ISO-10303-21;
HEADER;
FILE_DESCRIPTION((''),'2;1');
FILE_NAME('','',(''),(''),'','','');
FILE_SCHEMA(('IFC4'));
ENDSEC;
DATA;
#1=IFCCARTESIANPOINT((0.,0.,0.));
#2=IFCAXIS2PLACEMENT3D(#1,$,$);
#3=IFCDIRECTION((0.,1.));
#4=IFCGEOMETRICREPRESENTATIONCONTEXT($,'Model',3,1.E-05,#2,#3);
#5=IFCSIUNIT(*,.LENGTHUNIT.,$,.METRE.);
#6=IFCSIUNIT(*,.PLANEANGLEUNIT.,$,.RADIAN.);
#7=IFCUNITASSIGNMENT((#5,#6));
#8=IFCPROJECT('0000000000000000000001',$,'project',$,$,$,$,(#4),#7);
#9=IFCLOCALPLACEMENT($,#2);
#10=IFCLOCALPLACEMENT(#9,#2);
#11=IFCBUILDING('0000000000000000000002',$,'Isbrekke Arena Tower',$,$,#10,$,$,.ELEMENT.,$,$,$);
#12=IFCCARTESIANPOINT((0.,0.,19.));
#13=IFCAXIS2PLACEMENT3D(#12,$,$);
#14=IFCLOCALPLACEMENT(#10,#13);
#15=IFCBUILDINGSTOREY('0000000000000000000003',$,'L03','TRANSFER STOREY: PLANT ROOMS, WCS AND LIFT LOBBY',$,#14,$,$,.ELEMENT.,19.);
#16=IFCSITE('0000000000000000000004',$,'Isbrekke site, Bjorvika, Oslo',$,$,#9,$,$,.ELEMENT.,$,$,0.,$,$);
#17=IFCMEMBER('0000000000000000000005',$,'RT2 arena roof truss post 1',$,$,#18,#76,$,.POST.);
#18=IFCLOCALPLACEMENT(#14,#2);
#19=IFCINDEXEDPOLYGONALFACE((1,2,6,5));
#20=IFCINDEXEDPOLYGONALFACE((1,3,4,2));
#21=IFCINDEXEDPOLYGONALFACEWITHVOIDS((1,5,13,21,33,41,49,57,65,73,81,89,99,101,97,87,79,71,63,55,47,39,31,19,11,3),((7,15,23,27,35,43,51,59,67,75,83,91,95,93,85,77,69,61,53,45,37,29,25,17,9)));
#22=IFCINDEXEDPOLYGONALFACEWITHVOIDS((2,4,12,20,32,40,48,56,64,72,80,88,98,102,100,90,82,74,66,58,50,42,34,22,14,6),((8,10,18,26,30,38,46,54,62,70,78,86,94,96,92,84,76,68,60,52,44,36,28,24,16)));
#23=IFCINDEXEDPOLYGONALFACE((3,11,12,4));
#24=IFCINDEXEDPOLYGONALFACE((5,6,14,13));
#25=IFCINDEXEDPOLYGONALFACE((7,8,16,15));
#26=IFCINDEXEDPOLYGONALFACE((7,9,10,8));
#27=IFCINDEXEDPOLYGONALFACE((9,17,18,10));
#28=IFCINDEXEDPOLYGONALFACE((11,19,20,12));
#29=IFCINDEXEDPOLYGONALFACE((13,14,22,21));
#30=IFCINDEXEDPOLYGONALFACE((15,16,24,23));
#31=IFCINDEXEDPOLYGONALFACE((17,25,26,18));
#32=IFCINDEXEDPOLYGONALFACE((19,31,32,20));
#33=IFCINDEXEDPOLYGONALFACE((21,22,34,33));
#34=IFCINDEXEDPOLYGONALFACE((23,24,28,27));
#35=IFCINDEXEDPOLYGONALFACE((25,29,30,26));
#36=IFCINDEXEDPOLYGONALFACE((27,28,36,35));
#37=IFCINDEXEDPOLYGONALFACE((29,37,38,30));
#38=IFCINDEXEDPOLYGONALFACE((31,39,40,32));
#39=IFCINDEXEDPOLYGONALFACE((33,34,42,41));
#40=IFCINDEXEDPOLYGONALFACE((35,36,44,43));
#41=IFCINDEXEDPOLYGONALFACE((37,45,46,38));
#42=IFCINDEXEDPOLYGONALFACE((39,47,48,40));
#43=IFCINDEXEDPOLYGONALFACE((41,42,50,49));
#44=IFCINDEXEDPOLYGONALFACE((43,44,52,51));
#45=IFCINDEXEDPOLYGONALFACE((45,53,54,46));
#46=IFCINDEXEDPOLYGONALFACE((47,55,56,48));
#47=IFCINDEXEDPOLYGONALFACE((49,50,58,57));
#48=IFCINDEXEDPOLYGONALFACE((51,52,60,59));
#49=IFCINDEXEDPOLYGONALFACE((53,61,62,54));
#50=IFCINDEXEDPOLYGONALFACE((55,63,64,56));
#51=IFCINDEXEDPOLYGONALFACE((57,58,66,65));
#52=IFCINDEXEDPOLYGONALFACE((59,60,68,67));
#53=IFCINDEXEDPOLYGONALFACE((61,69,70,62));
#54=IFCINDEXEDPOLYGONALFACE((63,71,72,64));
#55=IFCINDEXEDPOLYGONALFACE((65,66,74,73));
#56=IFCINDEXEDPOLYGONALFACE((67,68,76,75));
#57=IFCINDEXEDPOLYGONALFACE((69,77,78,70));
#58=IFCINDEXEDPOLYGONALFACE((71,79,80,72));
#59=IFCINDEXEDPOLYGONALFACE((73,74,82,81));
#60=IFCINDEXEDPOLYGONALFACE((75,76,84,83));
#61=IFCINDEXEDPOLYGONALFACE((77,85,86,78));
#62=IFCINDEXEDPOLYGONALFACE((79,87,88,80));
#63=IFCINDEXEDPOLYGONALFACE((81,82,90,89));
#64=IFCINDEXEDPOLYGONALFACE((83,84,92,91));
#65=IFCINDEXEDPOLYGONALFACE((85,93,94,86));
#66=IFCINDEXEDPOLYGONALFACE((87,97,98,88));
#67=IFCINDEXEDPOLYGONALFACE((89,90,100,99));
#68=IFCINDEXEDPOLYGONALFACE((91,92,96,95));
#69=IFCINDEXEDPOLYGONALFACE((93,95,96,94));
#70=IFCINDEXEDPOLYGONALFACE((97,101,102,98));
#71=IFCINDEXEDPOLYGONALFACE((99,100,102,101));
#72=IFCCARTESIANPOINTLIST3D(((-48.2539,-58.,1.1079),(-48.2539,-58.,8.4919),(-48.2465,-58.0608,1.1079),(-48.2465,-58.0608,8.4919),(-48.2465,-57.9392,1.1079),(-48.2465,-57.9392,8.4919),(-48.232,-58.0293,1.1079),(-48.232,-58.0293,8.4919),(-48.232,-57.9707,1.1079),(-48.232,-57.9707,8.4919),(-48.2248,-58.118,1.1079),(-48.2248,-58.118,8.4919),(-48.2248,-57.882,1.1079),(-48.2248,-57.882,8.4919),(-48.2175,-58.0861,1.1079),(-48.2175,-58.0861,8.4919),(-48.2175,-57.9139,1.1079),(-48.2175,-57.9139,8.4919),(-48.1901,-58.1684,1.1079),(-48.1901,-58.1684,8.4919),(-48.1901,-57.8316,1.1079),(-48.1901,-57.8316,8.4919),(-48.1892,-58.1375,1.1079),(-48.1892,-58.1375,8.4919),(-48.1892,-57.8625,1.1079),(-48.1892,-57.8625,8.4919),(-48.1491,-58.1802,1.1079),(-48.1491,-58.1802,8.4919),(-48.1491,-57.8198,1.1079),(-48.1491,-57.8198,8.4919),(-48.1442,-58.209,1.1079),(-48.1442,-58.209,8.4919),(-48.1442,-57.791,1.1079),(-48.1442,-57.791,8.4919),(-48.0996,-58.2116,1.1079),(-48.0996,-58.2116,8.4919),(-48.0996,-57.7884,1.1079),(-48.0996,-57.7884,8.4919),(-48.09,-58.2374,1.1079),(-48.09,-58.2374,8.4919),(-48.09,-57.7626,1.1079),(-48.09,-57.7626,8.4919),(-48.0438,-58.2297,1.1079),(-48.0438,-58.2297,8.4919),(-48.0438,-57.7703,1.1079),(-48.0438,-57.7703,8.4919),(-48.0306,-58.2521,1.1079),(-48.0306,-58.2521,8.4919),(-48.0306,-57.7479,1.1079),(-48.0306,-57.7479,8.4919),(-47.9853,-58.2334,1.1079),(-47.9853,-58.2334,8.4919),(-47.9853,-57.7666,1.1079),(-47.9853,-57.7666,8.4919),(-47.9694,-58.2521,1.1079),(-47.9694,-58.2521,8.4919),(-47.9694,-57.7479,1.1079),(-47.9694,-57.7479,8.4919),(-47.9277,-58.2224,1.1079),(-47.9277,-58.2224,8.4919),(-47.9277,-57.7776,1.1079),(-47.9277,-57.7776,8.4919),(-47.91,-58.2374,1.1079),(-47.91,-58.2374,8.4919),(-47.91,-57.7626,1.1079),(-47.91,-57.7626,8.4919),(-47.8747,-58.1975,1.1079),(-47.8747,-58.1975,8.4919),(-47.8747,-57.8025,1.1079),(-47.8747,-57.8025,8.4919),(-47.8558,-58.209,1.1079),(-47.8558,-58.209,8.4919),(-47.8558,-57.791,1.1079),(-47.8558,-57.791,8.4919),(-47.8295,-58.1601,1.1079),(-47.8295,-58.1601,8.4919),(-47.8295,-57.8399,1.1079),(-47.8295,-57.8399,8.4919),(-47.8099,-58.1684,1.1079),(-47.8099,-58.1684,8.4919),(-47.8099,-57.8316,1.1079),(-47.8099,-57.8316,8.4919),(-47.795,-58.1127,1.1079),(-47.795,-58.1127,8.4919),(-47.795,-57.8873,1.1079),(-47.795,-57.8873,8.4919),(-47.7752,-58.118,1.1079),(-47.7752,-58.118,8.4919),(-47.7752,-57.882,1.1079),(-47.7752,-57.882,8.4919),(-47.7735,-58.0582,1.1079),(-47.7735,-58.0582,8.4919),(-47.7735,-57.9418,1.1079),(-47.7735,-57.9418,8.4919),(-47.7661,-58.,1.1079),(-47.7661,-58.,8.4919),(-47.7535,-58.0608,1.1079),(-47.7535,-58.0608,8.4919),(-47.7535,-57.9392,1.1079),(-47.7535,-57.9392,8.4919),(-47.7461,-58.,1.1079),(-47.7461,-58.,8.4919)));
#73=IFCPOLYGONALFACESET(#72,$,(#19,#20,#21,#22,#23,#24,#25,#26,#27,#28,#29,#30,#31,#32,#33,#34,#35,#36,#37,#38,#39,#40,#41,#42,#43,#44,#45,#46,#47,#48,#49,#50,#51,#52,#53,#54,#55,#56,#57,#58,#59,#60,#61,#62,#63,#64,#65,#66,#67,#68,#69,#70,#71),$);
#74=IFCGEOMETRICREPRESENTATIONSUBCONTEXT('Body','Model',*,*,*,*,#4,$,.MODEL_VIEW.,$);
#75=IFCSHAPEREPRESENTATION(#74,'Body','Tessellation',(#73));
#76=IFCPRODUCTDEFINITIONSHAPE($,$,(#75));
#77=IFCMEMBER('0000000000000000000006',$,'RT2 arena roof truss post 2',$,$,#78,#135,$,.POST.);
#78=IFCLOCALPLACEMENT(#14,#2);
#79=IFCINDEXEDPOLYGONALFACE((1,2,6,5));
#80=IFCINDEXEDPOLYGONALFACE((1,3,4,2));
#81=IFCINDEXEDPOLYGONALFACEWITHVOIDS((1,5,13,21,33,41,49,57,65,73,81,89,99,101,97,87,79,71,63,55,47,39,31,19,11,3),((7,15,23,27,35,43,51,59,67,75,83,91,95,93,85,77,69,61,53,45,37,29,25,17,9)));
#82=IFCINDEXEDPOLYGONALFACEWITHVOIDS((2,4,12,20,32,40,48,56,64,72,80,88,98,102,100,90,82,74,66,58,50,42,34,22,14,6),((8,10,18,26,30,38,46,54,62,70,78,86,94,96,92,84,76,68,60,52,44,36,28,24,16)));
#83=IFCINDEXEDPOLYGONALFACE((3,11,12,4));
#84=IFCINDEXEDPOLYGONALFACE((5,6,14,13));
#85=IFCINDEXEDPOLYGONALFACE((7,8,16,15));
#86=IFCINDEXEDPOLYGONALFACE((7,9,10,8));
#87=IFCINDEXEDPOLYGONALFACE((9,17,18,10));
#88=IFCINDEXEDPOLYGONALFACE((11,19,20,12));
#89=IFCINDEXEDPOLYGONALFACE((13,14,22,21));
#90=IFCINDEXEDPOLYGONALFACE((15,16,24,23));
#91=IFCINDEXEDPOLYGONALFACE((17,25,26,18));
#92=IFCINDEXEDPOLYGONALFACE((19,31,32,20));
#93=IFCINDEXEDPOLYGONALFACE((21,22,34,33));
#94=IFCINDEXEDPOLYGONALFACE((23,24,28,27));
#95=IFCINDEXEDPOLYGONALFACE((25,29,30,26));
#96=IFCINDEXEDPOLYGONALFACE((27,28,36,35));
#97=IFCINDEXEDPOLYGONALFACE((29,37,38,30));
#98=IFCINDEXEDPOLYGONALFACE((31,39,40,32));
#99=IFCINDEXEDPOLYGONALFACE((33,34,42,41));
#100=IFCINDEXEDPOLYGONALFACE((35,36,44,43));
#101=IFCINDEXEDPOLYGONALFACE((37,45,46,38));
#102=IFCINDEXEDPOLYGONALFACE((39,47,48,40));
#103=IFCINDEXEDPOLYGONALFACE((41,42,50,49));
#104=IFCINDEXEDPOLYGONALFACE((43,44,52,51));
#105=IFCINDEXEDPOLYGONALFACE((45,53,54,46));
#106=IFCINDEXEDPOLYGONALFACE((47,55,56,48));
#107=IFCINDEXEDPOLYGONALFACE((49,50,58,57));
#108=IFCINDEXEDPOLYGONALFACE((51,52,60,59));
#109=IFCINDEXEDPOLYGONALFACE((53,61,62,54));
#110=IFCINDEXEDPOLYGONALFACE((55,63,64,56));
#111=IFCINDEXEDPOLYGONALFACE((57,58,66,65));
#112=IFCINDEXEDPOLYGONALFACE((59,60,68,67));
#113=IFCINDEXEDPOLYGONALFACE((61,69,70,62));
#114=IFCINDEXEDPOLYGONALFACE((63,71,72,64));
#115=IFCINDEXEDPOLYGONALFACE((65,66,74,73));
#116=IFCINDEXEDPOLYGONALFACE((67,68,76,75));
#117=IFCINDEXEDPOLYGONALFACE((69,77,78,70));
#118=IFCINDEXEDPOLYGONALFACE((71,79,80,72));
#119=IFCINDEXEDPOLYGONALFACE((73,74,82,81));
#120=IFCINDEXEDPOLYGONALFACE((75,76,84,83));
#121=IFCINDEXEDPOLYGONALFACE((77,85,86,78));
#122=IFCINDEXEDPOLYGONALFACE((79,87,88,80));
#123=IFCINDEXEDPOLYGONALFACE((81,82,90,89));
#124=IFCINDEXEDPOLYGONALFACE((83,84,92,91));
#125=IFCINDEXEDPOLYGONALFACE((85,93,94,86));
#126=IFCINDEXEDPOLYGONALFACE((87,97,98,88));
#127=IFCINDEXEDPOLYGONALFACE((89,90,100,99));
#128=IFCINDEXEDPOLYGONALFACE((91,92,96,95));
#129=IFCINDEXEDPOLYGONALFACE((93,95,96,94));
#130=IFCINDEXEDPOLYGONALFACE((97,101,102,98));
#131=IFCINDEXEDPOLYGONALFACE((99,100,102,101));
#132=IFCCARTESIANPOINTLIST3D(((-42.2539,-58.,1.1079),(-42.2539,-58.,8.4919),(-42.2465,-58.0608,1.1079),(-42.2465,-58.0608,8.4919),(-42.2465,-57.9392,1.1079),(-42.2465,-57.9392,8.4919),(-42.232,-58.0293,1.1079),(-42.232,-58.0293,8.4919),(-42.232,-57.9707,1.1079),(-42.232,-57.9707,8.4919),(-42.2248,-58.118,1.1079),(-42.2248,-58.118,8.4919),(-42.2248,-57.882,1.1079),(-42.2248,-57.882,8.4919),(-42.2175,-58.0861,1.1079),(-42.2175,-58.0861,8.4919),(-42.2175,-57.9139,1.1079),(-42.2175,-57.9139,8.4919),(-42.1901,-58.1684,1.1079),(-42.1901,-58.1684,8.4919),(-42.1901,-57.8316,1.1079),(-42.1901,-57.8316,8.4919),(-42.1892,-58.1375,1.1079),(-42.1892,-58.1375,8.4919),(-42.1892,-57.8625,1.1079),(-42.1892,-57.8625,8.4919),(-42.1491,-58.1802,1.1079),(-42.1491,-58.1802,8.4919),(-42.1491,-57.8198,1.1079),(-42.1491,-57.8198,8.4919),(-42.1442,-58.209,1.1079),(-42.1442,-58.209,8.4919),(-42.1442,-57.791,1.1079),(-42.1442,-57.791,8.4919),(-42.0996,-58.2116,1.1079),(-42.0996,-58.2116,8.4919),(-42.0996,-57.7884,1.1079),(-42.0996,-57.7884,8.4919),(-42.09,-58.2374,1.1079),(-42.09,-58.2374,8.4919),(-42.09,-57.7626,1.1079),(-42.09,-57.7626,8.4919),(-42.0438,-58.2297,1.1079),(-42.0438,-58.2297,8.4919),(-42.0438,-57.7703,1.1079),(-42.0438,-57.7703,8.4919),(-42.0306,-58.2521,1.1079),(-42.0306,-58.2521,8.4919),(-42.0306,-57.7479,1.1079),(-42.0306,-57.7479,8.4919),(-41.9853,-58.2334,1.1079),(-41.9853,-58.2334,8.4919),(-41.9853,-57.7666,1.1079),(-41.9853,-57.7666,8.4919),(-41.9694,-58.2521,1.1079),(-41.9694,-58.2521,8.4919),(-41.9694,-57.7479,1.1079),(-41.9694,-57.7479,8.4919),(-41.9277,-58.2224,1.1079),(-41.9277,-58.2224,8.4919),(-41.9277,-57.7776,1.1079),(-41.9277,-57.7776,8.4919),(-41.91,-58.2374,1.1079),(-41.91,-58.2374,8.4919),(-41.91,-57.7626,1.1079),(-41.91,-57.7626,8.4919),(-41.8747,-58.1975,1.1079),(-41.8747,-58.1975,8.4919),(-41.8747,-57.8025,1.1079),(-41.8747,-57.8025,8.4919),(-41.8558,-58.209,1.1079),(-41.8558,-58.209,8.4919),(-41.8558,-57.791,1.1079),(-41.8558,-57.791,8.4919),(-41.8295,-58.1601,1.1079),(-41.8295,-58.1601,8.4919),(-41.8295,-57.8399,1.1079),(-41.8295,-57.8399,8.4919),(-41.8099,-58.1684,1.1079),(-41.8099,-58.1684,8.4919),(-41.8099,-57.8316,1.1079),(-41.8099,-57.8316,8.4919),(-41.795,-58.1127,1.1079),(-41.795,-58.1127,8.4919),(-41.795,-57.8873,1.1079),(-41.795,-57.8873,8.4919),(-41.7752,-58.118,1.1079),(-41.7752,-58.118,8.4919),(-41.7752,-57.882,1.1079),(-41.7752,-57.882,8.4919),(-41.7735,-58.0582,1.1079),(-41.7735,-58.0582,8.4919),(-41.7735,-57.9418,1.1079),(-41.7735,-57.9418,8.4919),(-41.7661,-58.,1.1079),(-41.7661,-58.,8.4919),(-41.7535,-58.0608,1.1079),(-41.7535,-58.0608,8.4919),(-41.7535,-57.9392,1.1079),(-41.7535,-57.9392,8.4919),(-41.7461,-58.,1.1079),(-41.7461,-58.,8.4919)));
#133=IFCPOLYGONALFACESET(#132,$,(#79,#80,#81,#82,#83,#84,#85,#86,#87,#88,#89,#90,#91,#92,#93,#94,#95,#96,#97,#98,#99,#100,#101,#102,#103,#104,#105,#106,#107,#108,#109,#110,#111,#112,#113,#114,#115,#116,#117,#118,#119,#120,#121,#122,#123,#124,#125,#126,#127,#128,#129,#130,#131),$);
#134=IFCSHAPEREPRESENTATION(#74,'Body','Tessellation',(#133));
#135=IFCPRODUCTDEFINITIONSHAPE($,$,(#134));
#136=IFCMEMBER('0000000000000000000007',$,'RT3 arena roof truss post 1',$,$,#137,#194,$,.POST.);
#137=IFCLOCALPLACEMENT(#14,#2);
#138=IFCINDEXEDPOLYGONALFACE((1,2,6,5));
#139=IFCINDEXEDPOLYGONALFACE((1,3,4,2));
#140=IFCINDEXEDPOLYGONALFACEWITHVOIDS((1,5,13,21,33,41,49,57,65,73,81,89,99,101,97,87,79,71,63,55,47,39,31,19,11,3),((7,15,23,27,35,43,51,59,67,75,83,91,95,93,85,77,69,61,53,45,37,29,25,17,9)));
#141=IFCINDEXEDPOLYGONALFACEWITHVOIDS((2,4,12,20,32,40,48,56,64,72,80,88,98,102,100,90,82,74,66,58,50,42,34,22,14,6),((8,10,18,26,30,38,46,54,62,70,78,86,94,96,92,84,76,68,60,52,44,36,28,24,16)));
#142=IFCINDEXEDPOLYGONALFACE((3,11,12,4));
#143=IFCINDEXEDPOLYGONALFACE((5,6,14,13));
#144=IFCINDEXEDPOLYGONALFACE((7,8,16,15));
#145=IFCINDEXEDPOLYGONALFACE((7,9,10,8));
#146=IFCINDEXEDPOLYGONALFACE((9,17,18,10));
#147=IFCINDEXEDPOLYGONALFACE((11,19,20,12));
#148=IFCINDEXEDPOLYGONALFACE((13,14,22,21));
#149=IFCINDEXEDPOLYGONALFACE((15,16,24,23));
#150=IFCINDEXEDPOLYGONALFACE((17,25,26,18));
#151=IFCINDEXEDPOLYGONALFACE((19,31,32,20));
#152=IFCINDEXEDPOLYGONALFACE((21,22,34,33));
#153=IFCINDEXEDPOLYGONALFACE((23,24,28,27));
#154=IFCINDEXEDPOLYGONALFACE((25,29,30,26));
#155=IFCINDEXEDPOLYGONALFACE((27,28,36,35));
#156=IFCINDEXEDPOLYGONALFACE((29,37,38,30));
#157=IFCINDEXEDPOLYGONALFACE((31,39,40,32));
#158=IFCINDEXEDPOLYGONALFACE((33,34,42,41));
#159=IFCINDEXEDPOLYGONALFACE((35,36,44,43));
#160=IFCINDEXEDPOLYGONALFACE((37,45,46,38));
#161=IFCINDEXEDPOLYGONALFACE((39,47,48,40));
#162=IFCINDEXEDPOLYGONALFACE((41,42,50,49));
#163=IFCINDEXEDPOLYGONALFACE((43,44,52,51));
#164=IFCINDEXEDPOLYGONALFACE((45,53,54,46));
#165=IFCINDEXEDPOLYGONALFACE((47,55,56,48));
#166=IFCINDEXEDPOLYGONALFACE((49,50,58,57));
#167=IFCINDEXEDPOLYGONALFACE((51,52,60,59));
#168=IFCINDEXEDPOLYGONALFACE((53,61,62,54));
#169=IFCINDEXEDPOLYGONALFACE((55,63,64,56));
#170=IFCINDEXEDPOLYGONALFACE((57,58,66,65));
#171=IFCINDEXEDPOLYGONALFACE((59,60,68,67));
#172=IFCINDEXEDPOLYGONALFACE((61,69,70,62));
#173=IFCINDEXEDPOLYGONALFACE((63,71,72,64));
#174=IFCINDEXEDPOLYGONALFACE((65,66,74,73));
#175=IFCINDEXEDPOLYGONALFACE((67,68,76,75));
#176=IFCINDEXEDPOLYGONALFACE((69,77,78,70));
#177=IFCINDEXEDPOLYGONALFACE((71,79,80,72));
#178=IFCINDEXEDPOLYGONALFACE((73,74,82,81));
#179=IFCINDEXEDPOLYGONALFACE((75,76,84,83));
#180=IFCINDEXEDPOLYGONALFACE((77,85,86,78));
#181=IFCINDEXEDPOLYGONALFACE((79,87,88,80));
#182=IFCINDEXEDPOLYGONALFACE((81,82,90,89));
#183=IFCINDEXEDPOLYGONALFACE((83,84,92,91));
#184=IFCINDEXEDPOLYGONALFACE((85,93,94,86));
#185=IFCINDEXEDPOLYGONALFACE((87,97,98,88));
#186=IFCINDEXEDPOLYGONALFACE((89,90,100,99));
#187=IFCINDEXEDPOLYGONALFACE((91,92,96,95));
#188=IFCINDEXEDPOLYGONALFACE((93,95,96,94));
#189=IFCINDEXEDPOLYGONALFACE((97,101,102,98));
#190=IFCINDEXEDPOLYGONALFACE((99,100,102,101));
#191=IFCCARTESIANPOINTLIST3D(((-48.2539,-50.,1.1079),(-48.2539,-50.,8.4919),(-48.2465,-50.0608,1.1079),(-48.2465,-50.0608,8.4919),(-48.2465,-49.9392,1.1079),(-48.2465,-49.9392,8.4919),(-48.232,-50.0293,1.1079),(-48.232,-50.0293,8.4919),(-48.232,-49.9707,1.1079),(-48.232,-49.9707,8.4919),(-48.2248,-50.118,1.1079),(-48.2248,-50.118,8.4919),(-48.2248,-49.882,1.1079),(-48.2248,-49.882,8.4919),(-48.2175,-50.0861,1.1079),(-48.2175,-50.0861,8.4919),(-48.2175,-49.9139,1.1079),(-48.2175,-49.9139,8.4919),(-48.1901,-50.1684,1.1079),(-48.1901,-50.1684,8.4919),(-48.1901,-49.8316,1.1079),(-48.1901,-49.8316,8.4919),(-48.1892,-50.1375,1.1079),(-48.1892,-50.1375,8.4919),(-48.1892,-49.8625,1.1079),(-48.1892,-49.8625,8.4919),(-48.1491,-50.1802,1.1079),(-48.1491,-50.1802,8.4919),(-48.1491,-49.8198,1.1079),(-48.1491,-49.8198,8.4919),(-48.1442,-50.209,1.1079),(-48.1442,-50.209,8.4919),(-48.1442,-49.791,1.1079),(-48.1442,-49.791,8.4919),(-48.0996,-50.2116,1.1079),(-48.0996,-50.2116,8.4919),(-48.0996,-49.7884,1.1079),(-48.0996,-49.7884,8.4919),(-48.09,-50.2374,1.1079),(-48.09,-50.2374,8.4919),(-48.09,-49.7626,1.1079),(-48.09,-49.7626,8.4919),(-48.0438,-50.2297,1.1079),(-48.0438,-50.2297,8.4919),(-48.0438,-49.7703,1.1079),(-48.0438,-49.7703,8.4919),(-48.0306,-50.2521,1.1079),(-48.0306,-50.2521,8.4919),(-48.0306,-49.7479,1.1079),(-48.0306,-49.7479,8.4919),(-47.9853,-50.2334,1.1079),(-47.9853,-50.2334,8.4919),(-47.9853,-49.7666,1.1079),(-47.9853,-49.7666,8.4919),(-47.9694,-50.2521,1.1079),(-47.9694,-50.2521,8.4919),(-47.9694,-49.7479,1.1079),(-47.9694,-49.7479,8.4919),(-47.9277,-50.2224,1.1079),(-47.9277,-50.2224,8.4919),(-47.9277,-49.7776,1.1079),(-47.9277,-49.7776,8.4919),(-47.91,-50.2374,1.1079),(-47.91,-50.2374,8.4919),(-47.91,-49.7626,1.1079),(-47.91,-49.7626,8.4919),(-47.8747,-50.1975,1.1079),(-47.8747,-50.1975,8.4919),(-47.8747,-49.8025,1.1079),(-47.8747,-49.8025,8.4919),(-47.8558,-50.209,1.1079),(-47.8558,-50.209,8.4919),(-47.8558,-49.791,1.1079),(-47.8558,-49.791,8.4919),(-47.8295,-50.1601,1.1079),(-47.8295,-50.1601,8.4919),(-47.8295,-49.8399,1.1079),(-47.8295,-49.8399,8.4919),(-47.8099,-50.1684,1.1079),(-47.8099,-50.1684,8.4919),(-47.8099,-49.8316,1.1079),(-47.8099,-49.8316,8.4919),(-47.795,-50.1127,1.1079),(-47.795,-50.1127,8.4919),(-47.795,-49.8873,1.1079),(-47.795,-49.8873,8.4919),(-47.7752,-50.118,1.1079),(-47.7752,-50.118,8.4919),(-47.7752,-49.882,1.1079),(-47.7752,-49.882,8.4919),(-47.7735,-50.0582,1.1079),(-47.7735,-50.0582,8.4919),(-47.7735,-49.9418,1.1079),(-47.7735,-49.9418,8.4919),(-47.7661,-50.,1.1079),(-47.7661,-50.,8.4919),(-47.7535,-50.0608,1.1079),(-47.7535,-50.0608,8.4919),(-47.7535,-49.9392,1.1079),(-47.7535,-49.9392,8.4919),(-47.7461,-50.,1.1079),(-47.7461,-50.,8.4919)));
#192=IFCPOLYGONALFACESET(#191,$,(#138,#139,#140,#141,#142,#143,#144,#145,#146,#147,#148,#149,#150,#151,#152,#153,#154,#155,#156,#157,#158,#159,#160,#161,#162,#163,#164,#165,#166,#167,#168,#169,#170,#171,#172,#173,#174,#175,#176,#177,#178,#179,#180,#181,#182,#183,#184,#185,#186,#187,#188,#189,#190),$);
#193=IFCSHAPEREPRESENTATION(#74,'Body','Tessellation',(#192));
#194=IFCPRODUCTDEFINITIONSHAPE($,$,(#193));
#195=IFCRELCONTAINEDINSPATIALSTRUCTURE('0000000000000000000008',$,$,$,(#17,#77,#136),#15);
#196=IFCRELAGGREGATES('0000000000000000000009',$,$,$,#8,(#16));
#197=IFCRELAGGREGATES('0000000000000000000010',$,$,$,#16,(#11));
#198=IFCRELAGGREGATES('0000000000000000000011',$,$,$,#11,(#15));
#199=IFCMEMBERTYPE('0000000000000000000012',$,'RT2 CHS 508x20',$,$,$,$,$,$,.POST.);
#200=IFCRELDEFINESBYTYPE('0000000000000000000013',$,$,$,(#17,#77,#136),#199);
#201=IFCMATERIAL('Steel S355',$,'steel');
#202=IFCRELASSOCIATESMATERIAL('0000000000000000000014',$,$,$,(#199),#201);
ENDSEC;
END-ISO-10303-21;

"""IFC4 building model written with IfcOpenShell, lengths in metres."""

from ifc_helpers import new_model, si_unit, direction, frame, origin, origin_2d, place, context, subcontext, project, spatial, hollow_circle, extrude, material, material_profile, profile_set, type_object, element, save


model = new_model("IFC4")

# Units and contexts
model_context = context("Model", 3, precision=1e-05, world=origin(), true_north=direction((0.0, 1.0)))
body_context = subcontext(model_context, "Body", "Model", "MODEL_VIEW")
ifc_project = project(units=[si_unit("LENGTHUNIT", "METRE"), si_unit("PLANEANGLEUNIT", "RADIAN")], contexts=[model_context])

# Site, building, storey
site_placement = place(None, origin())
site = spatial("IfcSite", under=ifc_project, at=site_placement, Name="Isbrekke site, Bjorvika, Oslo", CompositionType="ELEMENT", RefElevation=0.0)
building_placement = place(site_placement, origin())
building = spatial("IfcBuilding", under=site, at=building_placement, Name="Isbrekke Arena Tower", CompositionType="ELEMENT")
storey_placement = place(building_placement, frame((0.0, 0.0, 19.0)))
storey = spatial("IfcBuildingStorey", under=building, at=storey_placement, Name="L03", Description="TRANSFER STOREY: PLANT ROOMS, WCS AND LIFT LOBBY", CompositionType="ELEMENT", Elevation=19.0)

# Members
ifc_material_1 = material(Name="Steel S355", Category="steel")
ifc_material_profile_1 = material_profile(ifc_material_1, hollow_circle(Radius=0.2539, WallThickness=0.02, at=origin_2d()), Name="CHS 508x20")
ifc_profile_set_1 = profile_set([ifc_material_profile_1], Name="Steel S355")
member_type_1 = type_object("IfcMemberType", Name="RT2 CHS 508x20", PredefinedType="POST", material=ifc_profile_set_1)
for number, where, z_axis, x_axis, name in (
    (1, (-48.0, -58.0, 1.1079), (0.0, 0.0, 1.0), (1.0, 0.0, 0.0), "RT2 arena roof truss post 1"),
    (2, (-42.0, -58.0, 1.1079), (0.0, 0.0, 1.0), (1.0, 0.0, 0.0), "RT2 arena roof truss post 2"),
    (3, (-48.0, -50.0, 1.1079), (0.0, 0.0, 1.0), (1.0, 0.0, 0.0), "RT3 arena roof truss post 1"),
):
    element("IfcMember", number, at=place(storey_placement, frame(where, z_axis=z_axis, x_axis=x_axis)), inside=storey, type_object=member_type_1, Name=name, PredefinedType="POST", context=body_context, shape_type="SweptSolid", body=[
        extrude(hollow_circle(Radius=0.2539, WallThickness=0.02, at=origin_2d()), origin(), (0.0, 0.0, 1.0), 7.384),
    ])

save(model, "model.ifc")
